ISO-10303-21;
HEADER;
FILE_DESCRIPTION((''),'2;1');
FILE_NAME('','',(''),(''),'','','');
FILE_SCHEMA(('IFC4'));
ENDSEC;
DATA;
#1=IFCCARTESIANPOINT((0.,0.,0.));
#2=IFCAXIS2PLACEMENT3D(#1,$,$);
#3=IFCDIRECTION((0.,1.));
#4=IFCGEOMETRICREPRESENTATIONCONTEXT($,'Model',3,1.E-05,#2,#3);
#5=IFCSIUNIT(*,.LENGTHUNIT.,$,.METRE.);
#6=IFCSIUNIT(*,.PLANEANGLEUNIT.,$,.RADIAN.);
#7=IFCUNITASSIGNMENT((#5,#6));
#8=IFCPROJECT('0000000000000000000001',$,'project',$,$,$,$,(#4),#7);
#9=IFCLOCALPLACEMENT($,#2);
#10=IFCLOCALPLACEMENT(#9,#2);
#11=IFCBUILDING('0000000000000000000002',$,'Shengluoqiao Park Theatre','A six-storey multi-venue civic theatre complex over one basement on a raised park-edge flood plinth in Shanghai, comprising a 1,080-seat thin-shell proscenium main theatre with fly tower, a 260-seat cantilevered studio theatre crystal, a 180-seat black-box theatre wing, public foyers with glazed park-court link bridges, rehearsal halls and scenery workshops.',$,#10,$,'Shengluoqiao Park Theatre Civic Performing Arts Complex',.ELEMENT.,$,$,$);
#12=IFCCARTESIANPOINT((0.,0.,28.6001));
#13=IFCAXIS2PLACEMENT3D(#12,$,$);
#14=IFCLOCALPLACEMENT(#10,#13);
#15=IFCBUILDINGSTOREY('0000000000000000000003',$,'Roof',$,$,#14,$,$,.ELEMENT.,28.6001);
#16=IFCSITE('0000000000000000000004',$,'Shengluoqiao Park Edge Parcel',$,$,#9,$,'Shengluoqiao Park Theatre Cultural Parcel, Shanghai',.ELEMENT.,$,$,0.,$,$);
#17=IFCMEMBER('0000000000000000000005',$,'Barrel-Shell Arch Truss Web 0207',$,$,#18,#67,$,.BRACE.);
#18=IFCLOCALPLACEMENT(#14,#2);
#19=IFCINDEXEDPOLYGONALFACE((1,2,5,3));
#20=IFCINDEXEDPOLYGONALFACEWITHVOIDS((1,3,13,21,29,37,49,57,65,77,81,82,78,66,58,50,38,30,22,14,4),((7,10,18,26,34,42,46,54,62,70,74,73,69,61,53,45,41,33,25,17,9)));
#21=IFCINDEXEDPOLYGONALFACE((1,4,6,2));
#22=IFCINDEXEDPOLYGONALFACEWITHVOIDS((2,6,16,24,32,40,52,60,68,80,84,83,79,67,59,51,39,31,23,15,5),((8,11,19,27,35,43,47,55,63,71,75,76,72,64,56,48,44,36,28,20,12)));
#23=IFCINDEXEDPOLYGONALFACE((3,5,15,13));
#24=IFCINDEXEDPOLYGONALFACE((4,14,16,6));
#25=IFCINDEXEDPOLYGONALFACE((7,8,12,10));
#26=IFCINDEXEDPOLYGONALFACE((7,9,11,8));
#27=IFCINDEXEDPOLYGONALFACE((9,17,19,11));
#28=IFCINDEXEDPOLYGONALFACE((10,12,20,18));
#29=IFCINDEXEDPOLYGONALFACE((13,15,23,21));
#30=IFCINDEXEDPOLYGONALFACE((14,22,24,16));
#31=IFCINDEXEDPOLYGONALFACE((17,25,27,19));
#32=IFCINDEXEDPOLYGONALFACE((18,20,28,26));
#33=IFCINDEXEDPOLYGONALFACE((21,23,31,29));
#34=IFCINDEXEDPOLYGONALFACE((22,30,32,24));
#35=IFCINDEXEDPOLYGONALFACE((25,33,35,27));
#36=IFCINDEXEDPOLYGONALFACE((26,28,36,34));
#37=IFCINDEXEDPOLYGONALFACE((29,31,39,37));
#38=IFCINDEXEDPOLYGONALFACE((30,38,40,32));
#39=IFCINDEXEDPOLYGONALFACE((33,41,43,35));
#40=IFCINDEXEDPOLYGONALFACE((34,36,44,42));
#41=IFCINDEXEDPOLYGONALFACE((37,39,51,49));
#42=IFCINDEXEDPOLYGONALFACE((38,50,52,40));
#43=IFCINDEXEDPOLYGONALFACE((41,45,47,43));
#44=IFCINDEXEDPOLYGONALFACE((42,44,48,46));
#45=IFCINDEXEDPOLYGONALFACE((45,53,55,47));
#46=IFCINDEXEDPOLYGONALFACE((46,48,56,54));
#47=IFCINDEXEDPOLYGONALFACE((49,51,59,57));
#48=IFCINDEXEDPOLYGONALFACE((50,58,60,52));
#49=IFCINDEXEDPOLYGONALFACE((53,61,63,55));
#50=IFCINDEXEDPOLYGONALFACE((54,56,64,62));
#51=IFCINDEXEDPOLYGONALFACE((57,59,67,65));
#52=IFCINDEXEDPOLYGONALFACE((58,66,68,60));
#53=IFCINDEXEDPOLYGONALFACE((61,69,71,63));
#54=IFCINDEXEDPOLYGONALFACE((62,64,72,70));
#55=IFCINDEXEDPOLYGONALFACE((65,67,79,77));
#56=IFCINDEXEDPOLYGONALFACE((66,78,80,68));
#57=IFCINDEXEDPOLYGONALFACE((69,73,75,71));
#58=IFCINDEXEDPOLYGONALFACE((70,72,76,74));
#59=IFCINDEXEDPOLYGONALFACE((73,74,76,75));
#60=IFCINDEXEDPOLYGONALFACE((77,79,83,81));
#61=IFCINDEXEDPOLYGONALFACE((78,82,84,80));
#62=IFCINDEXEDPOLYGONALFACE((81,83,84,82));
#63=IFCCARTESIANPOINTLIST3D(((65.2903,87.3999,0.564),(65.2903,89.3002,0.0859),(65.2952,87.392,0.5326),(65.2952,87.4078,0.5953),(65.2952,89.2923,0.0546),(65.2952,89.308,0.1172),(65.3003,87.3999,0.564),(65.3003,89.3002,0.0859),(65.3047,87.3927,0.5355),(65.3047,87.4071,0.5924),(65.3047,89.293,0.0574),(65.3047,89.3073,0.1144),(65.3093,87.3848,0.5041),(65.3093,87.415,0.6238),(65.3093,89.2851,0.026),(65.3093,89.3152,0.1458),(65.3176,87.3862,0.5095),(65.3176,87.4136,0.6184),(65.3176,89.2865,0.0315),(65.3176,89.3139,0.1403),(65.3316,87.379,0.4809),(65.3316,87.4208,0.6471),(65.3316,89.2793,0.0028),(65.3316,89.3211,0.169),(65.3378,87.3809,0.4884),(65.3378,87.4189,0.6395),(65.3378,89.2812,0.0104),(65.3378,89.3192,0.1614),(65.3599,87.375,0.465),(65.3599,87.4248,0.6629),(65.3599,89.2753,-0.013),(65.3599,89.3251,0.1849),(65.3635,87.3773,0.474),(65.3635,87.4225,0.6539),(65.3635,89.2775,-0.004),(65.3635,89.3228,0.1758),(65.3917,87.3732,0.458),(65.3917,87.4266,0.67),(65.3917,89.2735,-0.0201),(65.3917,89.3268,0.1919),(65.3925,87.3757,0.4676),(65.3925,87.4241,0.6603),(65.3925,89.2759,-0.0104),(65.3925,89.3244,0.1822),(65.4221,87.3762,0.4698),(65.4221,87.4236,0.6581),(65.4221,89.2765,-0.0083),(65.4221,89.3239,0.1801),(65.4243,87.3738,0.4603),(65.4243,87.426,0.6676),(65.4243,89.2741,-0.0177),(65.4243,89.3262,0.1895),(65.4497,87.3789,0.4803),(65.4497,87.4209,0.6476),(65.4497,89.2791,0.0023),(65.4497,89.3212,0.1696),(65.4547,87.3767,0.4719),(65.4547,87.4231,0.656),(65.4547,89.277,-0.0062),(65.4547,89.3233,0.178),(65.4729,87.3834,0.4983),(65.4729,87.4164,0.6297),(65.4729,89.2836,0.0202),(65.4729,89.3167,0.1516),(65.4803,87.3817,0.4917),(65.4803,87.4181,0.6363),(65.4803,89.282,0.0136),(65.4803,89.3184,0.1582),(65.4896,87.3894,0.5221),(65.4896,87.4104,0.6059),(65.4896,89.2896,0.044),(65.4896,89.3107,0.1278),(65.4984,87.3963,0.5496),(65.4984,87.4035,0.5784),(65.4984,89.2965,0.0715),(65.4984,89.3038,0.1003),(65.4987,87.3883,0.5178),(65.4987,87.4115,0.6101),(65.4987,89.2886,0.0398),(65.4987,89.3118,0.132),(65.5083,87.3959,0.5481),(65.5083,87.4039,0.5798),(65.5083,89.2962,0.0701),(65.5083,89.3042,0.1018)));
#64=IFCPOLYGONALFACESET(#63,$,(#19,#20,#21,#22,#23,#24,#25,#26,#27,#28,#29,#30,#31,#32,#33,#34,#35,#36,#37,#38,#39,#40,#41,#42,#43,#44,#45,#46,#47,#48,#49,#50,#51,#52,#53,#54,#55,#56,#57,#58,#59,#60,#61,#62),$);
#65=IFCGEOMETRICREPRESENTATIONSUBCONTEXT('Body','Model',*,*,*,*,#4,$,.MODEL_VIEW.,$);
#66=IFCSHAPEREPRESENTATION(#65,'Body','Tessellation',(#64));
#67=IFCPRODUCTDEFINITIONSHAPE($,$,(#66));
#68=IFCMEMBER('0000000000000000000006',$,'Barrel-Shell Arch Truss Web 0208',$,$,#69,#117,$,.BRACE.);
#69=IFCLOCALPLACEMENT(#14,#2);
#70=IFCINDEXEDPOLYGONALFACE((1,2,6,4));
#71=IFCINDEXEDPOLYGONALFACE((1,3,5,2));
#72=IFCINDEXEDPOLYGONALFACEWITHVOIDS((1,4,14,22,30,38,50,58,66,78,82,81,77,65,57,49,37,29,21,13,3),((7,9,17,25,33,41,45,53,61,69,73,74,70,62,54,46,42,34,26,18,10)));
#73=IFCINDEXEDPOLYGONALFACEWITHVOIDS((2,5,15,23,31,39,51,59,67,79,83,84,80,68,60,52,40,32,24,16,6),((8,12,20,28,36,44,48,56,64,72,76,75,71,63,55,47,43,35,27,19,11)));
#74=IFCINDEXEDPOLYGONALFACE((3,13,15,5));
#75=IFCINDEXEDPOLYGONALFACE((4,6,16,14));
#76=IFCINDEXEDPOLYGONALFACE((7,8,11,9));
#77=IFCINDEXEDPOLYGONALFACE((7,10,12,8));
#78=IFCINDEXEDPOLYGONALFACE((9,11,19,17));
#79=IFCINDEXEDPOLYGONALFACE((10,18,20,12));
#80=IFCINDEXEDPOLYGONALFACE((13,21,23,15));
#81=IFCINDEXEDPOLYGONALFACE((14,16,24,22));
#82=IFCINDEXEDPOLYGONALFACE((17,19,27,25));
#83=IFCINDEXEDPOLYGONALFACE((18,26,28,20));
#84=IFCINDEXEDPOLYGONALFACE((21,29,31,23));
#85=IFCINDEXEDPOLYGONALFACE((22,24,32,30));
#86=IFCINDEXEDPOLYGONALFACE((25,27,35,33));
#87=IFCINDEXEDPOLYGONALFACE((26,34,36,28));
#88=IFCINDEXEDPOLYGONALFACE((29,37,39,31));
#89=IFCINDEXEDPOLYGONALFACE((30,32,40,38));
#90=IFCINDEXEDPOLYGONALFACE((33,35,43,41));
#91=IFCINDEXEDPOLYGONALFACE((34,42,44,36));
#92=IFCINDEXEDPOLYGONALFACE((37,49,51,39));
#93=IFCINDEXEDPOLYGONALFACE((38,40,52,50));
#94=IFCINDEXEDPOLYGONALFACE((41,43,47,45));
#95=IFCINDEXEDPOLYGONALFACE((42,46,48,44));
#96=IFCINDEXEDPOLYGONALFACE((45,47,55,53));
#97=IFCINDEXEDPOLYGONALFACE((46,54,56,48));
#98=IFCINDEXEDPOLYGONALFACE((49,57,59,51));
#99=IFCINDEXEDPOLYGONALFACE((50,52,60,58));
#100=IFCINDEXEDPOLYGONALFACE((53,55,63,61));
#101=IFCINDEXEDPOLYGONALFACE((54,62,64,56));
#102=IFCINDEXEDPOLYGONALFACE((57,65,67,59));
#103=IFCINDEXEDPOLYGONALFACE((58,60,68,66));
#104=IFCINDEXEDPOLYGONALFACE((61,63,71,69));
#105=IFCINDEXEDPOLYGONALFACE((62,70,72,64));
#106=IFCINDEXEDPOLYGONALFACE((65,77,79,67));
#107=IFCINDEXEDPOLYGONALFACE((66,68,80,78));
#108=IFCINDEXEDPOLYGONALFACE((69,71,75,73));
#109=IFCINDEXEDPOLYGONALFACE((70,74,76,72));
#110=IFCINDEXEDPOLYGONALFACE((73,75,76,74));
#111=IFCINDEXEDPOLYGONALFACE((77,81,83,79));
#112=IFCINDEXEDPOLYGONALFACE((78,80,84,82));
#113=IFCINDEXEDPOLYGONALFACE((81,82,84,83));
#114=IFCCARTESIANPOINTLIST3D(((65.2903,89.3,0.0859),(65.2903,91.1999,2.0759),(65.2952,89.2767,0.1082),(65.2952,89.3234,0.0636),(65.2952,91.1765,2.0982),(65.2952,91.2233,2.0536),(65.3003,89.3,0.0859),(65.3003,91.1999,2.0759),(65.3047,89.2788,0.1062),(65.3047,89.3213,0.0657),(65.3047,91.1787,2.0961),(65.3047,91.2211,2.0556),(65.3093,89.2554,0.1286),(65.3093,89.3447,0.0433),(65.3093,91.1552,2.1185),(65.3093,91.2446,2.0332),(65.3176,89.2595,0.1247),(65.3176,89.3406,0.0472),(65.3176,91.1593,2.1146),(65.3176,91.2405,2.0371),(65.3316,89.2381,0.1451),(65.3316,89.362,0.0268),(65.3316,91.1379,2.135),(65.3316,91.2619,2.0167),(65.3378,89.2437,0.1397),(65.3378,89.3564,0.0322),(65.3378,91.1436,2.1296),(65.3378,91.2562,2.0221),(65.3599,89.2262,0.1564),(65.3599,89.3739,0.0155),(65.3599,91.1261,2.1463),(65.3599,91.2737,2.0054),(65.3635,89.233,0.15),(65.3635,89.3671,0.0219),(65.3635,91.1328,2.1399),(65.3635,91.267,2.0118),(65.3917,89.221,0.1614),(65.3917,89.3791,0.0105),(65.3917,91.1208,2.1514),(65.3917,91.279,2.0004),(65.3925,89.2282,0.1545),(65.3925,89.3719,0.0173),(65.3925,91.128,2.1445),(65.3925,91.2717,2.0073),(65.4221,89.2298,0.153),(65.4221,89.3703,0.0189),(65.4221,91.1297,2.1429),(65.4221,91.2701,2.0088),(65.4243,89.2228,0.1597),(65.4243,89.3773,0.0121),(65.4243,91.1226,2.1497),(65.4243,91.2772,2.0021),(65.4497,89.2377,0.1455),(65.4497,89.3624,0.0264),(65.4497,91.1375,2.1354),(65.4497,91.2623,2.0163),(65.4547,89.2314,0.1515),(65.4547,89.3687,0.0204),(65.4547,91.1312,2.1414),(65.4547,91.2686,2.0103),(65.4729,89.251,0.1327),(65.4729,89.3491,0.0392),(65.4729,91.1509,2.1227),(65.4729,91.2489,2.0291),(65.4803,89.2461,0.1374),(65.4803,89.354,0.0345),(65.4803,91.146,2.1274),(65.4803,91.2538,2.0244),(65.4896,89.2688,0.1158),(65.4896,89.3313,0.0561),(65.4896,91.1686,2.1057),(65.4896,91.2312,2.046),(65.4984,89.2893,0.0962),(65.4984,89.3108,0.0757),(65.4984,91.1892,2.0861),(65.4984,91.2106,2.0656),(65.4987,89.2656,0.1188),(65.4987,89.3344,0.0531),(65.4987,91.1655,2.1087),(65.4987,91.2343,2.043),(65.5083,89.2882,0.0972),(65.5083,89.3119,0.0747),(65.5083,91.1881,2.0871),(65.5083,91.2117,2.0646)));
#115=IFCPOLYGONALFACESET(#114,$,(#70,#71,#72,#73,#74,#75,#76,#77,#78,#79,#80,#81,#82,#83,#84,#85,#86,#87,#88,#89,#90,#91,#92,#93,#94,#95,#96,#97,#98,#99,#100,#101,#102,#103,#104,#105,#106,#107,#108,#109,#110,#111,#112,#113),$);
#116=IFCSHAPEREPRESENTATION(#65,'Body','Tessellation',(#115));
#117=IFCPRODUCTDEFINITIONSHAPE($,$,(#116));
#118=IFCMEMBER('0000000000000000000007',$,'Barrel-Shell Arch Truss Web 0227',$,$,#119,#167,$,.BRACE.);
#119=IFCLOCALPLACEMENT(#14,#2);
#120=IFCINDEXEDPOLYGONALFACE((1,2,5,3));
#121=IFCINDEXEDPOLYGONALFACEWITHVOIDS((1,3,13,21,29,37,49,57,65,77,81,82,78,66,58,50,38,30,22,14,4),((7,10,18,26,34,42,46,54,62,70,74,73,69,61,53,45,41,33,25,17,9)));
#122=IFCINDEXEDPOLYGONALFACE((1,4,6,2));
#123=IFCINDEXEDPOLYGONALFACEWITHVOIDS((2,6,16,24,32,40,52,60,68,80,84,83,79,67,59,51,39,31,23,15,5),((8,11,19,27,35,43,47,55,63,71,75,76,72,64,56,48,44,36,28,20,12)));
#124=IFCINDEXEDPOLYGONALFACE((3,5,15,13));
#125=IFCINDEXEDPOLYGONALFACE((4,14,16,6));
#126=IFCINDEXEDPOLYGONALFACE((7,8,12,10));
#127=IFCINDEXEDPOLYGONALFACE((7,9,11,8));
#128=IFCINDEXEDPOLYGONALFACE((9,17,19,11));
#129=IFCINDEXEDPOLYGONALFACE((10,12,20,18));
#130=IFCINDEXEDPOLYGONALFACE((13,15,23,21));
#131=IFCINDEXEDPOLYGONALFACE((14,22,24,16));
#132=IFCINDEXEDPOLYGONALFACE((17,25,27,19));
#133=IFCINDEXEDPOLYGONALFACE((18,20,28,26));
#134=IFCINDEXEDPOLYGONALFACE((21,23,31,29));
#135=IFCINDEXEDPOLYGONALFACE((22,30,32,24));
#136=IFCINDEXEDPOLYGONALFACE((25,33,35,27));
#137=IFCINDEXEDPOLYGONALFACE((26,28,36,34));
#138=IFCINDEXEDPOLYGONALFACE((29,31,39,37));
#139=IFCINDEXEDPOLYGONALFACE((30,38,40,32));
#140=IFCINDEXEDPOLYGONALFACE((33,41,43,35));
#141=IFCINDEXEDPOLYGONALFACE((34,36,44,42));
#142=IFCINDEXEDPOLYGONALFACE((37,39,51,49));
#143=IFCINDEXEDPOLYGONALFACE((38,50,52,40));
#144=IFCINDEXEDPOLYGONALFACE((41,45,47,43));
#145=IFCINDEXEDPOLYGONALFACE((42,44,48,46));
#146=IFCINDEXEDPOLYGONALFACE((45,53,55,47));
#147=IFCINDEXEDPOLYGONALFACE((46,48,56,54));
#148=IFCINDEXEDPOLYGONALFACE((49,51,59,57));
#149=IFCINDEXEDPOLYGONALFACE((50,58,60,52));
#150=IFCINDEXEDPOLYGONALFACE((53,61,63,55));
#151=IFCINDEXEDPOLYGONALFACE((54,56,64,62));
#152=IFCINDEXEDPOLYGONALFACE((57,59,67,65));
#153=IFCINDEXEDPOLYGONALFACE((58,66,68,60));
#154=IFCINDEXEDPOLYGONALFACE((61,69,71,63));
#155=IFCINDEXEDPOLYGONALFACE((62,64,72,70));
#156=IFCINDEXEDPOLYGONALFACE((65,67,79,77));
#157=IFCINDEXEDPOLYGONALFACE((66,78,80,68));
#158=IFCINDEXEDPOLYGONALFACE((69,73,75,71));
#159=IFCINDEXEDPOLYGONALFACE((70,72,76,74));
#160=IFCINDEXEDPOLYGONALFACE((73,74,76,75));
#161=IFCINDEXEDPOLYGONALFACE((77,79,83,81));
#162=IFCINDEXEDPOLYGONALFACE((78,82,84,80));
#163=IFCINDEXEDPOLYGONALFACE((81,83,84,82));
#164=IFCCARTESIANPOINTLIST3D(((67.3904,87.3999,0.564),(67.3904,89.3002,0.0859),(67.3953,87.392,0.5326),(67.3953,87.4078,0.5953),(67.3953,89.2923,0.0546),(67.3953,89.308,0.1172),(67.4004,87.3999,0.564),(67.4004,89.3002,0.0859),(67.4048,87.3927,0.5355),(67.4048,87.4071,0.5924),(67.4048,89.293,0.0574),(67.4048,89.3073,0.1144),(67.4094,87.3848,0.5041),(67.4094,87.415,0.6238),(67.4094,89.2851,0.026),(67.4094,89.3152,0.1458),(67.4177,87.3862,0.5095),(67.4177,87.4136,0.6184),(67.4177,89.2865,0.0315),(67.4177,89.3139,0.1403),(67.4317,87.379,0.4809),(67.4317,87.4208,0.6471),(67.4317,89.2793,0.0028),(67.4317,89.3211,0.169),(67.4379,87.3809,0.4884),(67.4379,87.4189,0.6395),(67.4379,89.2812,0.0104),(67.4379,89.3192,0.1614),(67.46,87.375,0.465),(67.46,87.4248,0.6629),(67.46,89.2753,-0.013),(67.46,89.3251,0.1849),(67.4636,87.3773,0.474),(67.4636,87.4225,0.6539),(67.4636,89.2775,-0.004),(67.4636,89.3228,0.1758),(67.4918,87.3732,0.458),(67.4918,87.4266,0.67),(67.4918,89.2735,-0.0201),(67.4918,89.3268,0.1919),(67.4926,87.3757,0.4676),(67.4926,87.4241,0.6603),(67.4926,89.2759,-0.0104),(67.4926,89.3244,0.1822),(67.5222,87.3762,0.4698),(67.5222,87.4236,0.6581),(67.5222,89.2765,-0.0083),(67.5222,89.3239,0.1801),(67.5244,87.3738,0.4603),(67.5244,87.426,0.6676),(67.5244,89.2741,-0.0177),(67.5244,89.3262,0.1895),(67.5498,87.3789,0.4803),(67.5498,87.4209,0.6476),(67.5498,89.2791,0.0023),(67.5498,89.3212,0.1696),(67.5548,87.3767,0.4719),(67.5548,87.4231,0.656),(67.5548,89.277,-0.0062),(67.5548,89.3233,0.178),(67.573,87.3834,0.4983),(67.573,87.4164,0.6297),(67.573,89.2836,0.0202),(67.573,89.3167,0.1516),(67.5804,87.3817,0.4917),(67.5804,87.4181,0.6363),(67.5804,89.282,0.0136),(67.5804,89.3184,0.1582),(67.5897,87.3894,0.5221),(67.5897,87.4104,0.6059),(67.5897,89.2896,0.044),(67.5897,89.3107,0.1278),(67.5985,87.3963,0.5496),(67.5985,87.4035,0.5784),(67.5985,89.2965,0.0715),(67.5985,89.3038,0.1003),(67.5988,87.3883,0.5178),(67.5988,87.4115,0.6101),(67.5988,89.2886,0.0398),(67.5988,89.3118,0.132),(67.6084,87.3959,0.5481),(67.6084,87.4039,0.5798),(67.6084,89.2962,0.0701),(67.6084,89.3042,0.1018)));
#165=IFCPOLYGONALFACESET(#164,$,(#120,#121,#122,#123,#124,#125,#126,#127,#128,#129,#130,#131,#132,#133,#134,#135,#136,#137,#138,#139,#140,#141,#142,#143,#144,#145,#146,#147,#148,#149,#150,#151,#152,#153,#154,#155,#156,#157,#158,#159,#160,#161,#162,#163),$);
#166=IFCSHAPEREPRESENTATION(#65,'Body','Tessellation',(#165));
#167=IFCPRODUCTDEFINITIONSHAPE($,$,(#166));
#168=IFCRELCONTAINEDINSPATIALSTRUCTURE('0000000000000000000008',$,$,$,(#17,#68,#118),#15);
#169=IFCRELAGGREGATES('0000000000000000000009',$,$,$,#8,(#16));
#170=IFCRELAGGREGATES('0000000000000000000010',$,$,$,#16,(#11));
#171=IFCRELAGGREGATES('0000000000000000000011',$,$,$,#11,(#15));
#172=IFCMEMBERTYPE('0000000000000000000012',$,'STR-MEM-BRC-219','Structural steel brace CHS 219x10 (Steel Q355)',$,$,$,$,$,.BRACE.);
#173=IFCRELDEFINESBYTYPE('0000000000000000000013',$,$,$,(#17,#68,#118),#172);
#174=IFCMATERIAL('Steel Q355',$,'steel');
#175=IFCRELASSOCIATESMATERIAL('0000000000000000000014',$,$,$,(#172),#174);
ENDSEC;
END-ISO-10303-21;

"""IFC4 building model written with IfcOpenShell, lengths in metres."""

from ifc_helpers import new_model, si_unit, direction, frame, origin, origin_2d, place, context, subcontext, project, spatial, hollow_circle, extrude, material, material_profile, profile_set, type_object, element, save


model = new_model("IFC4")

# Units and contexts
model_context = context("Model", 3, precision=1e-05, world=origin(), true_north=direction((0.0, 1.0)))
body_context = subcontext(model_context, "Body", "Model", "MODEL_VIEW")
ifc_project = project(units=[si_unit("LENGTHUNIT", "METRE"), si_unit("PLANEANGLEUNIT", "RADIAN")], contexts=[model_context])

# Site, building, storey
site_placement = place(None, origin())
site = spatial("IfcSite", under=ifc_project, at=site_placement, Name="Shengluoqiao Park Edge Parcel", LongName="Shengluoqiao Park Theatre Cultural Parcel, Shanghai", CompositionType="ELEMENT", RefElevation=0.0)
building_placement = place(site_placement, origin())
building = spatial("IfcBuilding", under=site, at=building_placement, Name="Shengluoqiao Park Theatre", Description="A six-storey multi-venue civic theatre complex over one basement on a raised park-edge flood plinth in Shanghai, comprising a 1,080-seat thin-shell proscenium main theatre with fly tower, a 260-seat cantilevered studio theatre crystal, a 180-seat black-box theatre wing, public foyers with glazed park-court link bridges, rehearsal halls and scenery workshops.", LongName="Shengluoqiao Park Theatre Civic Performing Arts Complex", CompositionType="ELEMENT")
storey_placement = place(building_placement, frame((0.0, 0.0, 28.6001)))
storey = spatial("IfcBuildingStorey", under=building, at=storey_placement, Name="Roof", CompositionType="ELEMENT", Elevation=28.6001)

# Shared definitions
ifc_material_1 = material(Name="Steel Q355", Category="steel")

# Members
ifc_material_profile_1 = material_profile(ifc_material_1, hollow_circle(Radius=0.1096, WallThickness=0.01, at=origin_2d()), Name="CHS 219x10")
ifc_profile_set_1 = profile_set([ifc_material_profile_1], Name="Steel Q355")
member_type_1 = type_object("IfcMemberType", Name="STR-MEM-BRC-219", Description="Structural steel brace CHS 219x10 (Steel Q355)", PredefinedType="BRACE", material=ifc_profile_set_1)
member_1_placement = place(storey_placement, frame((65.3999, 87.3999, 0.564), z_axis=(0.0, 0.969782, -0.243972), x_axis=(-1.0, 0.0, 0.0)))
element("IfcMember", 1, at=member_1_placement, inside=storey, type_object=member_type_1, Name="Barrel-Shell Arch Truss Web 0207", PredefinedType="BRACE", context=body_context, shape_type="SweptSolid", body=[
    extrude(hollow_circle(Radius=0.1096, WallThickness=0.01, at=origin_2d()), origin(), (0.0, 0.0, 1.0), 1.9595),
])
member_2_placement = place(storey_placement, frame((65.3999, 89.3, 0.0859), z_axis=(0.0, 0.690545, 0.723289), x_axis=(-1.0, 0.0, 0.0)))
element("IfcMember", 2, at=member_2_placement, inside=storey, type_object=member_type_1, Name="Barrel-Shell Arch Truss Web 0208", PredefinedType="BRACE", context=body_context, shape_type="SweptSolid", body=[
    extrude(hollow_circle(Radius=0.1096, WallThickness=0.01, at=origin_2d()), origin(), (0.0, 0.0, 1.0), 2.7512),
])
member_3_placement = place(storey_placement, frame((67.5, 87.3999, 0.564), z_axis=(0.0, 0.969782, -0.243972), x_axis=(-1.0, 0.0, 0.0)))
element("IfcMember", 3, at=member_3_placement, inside=storey, type_object=member_type_1, Name="Barrel-Shell Arch Truss Web 0227", PredefinedType="BRACE", context=body_context, shape_type="SweptSolid", body=[
    extrude(hollow_circle(Radius=0.1096, WallThickness=0.01, at=origin_2d()), origin(), (0.0, 0.0, 1.0), 1.9595),
])

save(model, "model.ifc")
